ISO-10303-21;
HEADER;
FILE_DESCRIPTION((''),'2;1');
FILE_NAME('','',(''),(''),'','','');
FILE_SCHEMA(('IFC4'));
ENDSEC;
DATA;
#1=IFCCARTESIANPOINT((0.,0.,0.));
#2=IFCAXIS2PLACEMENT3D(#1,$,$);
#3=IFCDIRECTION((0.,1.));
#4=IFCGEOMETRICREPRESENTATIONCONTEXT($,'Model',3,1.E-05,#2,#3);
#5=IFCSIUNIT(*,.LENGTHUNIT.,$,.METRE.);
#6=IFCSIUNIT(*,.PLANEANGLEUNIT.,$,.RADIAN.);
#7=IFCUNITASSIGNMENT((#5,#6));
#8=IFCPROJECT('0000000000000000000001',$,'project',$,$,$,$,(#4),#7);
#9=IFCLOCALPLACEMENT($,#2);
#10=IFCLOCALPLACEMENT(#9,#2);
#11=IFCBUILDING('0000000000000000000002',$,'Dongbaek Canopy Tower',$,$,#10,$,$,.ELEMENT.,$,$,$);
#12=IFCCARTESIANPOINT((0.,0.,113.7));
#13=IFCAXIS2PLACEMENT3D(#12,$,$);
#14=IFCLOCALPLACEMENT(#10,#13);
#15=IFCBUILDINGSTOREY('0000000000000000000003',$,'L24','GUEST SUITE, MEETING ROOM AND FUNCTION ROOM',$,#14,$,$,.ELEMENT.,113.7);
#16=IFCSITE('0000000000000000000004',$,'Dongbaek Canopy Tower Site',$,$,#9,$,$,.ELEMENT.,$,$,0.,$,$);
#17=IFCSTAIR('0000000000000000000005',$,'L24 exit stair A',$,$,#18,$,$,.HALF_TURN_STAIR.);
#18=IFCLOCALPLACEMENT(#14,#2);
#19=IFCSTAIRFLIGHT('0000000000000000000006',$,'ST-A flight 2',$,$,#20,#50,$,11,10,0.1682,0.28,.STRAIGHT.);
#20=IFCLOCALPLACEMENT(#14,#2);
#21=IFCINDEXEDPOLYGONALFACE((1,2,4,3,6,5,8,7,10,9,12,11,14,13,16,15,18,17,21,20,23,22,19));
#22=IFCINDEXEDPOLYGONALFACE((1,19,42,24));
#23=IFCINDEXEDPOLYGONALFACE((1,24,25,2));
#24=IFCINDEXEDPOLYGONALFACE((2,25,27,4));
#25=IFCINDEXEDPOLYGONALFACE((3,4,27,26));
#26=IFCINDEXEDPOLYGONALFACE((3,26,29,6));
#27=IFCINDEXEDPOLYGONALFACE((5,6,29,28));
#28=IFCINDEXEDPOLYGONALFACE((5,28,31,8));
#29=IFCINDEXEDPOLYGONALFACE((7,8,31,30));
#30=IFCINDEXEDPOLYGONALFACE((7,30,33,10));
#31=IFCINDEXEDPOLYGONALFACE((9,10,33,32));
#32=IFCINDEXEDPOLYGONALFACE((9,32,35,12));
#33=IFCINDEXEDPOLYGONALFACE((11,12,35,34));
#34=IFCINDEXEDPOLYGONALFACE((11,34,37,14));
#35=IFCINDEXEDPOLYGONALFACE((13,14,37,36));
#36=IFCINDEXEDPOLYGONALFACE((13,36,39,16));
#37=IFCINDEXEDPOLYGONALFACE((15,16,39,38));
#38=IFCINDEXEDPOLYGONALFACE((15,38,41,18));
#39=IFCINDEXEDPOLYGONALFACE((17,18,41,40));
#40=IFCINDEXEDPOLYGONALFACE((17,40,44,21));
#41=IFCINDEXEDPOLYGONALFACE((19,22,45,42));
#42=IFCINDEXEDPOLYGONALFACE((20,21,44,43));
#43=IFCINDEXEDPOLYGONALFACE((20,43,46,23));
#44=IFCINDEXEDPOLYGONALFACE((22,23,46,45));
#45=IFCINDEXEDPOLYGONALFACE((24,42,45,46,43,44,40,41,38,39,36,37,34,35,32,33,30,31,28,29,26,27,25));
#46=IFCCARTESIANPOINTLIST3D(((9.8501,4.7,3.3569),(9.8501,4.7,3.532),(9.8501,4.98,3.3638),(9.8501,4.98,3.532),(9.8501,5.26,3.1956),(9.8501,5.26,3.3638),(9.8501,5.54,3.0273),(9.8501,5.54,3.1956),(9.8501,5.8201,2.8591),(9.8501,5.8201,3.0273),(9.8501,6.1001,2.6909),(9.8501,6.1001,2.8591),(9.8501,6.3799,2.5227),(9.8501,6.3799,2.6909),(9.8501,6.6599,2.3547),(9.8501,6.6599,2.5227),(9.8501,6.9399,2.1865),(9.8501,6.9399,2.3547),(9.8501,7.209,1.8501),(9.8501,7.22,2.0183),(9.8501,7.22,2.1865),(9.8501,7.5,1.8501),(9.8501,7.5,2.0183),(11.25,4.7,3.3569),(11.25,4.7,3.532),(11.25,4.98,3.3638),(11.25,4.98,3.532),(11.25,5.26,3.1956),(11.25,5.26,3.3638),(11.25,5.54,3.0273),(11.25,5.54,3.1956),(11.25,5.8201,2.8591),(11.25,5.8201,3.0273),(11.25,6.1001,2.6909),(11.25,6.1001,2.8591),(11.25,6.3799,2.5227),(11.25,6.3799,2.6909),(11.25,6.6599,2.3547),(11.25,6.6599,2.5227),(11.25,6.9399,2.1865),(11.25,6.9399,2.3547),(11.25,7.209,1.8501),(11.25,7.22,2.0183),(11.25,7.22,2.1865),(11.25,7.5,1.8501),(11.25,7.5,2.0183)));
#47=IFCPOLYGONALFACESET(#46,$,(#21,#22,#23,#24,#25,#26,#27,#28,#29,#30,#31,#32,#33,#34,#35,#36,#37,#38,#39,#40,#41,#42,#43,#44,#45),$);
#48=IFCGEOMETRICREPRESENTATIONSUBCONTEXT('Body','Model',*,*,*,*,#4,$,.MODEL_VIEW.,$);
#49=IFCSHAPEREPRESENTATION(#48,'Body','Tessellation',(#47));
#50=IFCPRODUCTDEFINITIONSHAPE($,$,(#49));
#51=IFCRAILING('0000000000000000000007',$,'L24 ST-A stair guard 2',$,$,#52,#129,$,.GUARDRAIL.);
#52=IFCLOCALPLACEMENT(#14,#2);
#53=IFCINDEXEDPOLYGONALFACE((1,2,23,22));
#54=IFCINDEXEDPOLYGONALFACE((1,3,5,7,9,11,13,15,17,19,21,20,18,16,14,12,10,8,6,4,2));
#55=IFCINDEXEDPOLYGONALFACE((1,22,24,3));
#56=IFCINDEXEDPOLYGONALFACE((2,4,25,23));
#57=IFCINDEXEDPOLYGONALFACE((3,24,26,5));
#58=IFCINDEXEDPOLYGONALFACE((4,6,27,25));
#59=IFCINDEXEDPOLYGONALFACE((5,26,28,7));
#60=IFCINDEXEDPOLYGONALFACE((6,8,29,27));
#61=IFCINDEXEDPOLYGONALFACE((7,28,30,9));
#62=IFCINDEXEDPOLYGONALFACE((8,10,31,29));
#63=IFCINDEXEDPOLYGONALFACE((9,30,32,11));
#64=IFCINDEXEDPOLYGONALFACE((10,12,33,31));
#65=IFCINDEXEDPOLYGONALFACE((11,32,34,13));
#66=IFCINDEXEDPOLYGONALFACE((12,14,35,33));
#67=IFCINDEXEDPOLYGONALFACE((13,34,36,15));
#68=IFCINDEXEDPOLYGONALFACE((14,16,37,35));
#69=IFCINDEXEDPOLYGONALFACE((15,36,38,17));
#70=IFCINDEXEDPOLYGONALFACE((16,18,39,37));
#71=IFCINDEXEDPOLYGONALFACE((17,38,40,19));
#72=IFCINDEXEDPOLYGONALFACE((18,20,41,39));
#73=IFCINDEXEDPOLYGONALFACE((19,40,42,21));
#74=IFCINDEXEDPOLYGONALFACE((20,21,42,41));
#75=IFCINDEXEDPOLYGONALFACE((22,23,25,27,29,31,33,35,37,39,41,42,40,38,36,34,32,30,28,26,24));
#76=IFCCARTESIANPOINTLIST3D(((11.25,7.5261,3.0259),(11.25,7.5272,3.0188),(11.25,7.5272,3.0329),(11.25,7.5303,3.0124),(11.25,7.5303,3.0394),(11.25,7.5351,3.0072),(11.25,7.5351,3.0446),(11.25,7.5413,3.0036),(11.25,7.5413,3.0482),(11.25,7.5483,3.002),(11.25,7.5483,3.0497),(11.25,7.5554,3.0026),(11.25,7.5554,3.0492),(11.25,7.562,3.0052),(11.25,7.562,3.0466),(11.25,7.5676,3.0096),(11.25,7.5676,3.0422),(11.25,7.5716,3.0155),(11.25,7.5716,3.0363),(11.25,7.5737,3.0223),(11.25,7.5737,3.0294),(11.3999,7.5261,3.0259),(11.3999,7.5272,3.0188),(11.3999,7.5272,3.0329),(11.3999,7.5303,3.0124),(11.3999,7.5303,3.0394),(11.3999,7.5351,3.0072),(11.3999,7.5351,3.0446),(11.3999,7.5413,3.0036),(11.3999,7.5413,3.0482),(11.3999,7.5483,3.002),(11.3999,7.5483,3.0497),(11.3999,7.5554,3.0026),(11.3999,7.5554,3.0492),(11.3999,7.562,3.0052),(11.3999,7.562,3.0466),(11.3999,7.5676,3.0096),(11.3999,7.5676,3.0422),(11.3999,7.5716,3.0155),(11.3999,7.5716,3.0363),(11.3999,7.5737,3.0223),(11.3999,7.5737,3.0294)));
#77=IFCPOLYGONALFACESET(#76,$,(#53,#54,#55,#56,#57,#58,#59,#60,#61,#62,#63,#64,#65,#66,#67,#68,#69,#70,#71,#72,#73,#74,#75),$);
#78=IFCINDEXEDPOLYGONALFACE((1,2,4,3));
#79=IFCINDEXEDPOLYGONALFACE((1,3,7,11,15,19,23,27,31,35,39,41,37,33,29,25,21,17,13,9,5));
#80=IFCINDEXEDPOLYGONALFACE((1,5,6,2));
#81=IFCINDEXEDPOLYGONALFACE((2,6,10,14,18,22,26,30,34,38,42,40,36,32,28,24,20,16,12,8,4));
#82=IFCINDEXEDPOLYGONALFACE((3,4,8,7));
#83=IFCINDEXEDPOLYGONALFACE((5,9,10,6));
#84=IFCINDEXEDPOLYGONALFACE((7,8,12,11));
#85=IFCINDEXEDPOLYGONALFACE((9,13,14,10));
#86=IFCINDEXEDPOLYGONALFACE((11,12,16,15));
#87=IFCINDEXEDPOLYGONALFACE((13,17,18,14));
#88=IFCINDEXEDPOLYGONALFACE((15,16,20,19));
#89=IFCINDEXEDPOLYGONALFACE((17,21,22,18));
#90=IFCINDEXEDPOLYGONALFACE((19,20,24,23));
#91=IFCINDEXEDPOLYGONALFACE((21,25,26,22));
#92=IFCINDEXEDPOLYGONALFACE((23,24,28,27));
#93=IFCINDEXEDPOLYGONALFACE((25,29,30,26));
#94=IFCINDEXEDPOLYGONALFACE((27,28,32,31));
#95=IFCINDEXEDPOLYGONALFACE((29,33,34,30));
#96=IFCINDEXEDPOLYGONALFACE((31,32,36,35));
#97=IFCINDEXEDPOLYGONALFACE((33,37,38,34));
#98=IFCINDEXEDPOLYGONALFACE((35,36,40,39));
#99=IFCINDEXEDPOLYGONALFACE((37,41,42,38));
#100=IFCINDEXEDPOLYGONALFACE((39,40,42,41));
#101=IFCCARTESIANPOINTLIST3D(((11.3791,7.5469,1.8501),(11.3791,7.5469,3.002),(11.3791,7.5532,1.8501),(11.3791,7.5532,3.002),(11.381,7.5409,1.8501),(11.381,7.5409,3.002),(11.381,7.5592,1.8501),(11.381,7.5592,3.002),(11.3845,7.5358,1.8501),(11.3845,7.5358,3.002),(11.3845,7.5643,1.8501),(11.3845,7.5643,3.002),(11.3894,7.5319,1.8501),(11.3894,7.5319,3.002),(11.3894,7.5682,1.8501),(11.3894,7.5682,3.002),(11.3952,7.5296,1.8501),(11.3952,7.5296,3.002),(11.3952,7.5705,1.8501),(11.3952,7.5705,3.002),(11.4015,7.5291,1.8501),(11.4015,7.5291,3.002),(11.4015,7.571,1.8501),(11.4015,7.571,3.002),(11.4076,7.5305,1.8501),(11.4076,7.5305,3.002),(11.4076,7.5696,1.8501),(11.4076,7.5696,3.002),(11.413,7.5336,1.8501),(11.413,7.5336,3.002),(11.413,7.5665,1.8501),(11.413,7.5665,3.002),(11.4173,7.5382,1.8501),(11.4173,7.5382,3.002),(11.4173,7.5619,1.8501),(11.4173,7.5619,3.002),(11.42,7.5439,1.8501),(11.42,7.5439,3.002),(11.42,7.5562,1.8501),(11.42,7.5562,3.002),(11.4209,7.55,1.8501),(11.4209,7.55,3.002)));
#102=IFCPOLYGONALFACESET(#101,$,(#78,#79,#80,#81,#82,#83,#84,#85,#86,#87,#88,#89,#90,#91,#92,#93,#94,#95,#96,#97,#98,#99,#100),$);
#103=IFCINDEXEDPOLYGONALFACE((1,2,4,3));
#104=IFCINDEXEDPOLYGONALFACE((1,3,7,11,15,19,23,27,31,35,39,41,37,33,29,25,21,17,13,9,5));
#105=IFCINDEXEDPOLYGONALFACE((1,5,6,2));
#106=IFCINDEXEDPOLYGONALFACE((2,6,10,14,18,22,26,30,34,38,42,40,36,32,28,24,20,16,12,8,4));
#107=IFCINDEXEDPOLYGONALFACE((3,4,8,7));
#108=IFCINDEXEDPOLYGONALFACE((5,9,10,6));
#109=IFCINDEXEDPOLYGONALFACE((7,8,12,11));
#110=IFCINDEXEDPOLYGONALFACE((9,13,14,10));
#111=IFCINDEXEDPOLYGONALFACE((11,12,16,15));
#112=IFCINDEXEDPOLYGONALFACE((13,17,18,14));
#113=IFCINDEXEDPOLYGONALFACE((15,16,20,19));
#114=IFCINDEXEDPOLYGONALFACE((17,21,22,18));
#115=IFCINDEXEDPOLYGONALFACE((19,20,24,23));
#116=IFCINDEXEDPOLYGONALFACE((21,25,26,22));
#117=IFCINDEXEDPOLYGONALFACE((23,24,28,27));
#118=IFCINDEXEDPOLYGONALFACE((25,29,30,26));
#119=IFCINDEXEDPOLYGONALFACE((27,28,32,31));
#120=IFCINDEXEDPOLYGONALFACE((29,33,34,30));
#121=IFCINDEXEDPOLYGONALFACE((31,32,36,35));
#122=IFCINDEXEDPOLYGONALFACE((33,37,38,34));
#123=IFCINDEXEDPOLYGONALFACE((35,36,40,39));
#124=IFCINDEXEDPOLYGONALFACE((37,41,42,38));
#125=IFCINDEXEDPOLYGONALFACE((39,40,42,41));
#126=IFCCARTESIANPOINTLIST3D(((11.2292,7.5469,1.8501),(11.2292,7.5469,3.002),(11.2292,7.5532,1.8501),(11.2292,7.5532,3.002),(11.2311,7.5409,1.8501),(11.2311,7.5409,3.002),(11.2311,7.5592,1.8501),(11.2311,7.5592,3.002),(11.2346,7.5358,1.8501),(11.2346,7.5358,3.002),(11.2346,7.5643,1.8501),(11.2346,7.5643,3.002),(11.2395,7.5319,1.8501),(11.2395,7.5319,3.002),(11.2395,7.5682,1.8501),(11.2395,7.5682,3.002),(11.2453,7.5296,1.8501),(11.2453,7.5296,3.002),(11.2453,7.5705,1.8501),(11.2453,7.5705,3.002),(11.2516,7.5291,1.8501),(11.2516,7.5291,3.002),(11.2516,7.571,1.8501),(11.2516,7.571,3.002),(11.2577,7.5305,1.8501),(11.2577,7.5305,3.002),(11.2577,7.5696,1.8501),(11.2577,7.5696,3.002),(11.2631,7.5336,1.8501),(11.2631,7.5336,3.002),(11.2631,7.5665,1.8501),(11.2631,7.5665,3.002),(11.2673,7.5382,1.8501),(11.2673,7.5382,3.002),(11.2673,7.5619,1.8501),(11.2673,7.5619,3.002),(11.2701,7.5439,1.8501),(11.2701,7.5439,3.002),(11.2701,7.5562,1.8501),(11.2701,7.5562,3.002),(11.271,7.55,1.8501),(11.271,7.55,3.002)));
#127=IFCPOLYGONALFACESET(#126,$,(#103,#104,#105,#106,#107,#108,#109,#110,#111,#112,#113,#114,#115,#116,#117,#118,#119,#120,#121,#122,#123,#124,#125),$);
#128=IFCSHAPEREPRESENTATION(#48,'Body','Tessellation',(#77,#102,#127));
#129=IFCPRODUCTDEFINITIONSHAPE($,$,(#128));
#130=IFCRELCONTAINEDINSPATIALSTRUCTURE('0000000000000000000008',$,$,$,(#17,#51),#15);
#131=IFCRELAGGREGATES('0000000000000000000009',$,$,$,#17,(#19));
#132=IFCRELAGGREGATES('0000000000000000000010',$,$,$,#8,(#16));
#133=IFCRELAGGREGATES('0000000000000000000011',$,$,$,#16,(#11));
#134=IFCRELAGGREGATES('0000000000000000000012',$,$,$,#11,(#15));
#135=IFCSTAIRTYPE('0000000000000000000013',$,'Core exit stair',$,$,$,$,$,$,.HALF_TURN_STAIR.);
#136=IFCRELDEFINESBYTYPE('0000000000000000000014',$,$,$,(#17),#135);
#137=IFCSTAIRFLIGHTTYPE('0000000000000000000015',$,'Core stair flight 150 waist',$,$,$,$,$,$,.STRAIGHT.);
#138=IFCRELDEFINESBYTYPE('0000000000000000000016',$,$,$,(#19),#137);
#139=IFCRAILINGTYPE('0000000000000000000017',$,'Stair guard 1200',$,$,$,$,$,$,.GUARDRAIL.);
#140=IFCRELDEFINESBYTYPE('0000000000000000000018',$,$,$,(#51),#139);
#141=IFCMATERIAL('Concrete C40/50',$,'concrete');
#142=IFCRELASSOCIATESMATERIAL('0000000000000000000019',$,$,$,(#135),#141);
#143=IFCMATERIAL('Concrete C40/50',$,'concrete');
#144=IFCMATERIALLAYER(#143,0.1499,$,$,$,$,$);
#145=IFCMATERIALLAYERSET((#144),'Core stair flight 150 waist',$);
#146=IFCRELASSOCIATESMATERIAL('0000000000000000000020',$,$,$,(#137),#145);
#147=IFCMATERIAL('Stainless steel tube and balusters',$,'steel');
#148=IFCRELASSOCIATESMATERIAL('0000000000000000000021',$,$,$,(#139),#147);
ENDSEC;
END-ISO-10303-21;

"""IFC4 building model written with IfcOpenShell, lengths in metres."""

from ifc_helpers import new_model, si_unit, direction, frame, origin, origin_2d, place, context, subcontext, project, spatial, polyline, circle, outline, extrude, material, layer, layer_set, type_object, element, aggregate, save


model = new_model("IFC4")

# Units and contexts
model_context = context("Model", 3, precision=1e-05, world=origin(), true_north=direction((0.0, 1.0)))
body_context = subcontext(model_context, "Body", "Model", "MODEL_VIEW")
ifc_project = project(units=[si_unit("LENGTHUNIT", "METRE"), si_unit("PLANEANGLEUNIT", "RADIAN")], contexts=[model_context])

# Site, building, storey
site_placement = place(None, origin())
site = spatial("IfcSite", under=ifc_project, at=site_placement, Name="Dongbaek Canopy Tower Site", CompositionType="ELEMENT", RefElevation=0.0)
building_placement = place(site_placement, origin())
building = spatial("IfcBuilding", under=site, at=building_placement, Name="Dongbaek Canopy Tower", CompositionType="ELEMENT")
storey_placement = place(building_placement, frame((0.0, 0.0, 113.7)))
storey = spatial("IfcBuildingStorey", under=building, at=storey_placement, Name="L24", Description="GUEST SUITE, MEETING ROOM AND FUNCTION ROOM", CompositionType="ELEMENT", Elevation=113.7)

# Stair, stair flight
ifc_material_1 = material(Name="Concrete C40/50", Category="concrete")
stair_type = type_object("IfcStairType", Name="Core exit stair", PredefinedType="HALF_TURN_STAIR", material=ifc_material_1)
stair_placement = place(storey_placement, origin())
stair = element("IfcStair", 1, at=stair_placement, inside=storey, type_object=stair_type, Name="L24 exit stair A", PredefinedType="HALF_TURN_STAIR")
ifc_material_2 = material(Name="Concrete C40/50", Category="concrete")
ifc_layer_1 = layer(ifc_material_2, 0.1499)
ifc_layer_set_1 = layer_set([ifc_layer_1], Name="Core stair flight 150 waist")
stair_flight_type = type_object("IfcStairFlightType", Name="Core stair flight 150 waist", PredefinedType="STRAIGHT", material=ifc_layer_set_1)
stair_flight_placement = place(storey_placement, frame((10.55, 7.5, 1.8501), z_axis=(0.0, 0.0, 1.0), x_axis=(0.0, -1.0, 0.0)))
stair_flight = element("IfcStairFlight", 2, at=stair_flight_placement, type_object=stair_flight_type, Name="ST-A flight 2", NumberOfRisers=11, NumberOfTreads=10, PredefinedType="STRAIGHT", RiserHeight=0.1682, TreadLength=0.28, context=body_context, shape_type="SweptSolid", body=[
    extrude(outline(polyline([(0.0, 0.0), (0.0, 0.1682), (0.28, 0.1682), (0.28, 0.3364), (0.5601, 0.3364), (0.5601, 0.5046), (0.8401, 0.5046), (0.8401, 0.6726), (1.1201, 0.6726), (1.1201, 0.8408), (1.3999, 0.8408), (1.3999, 1.009), (1.6799, 1.009), (1.6799, 1.1772), (1.96, 1.1772), (1.96, 1.3455), (2.24, 1.3455), (2.24, 1.5137), (2.52, 1.5137), (2.52, 1.6819), (2.8, 1.6819), (2.8, 1.8501), (2.8, 1.5068), (0.291, 0.0), (0.0, 0.0)])), frame((0.0, 0.7, 0.0), z_axis=(0.0, -1.0, 0.0), x_axis=(1.0, 0.0, 0.0)), (0.0, 0.0, 1.0), 1.3999),
])
aggregate(stair, [stair_flight])

# Railing
ifc_material_3 = material(Name="Stainless steel tube and balusters", Category="steel")
railing_type_1 = type_object("IfcRailingType", Name="Stair guard 1200", PredefinedType="GUARDRAIL", material=ifc_material_3)
railing_1_placement = place(storey_placement, frame((11.3999, 7.55, 1.8501)))
element("IfcRailing", 3, at=railing_1_placement, inside=storey, type_object=railing_type_1, Name="L24 ST-A stair guard 2", PredefinedType="GUARDRAIL", context=body_context, shape_type="SweptSolid", body=[
    extrude(circle(Radius=0.0239, at=origin_2d()), frame((0.0, 0.0, 1.1758), z_axis=(-1.0, 0.0, 0.0), x_axis=(0.0, -1.0, 0.0)), (0.0, 0.0, 1.0), 0.1499),
    extrude(circle(Radius=0.021, at=origin_2d()), origin(), (0.0, 0.0, 1.0), 1.1519),
    extrude(circle(Radius=0.021, at=origin_2d()), frame((-0.1499, 0.0, 0.0)), (0.0, 0.0, 1.0), 1.1519),
])

save(model, "model.ifc")
